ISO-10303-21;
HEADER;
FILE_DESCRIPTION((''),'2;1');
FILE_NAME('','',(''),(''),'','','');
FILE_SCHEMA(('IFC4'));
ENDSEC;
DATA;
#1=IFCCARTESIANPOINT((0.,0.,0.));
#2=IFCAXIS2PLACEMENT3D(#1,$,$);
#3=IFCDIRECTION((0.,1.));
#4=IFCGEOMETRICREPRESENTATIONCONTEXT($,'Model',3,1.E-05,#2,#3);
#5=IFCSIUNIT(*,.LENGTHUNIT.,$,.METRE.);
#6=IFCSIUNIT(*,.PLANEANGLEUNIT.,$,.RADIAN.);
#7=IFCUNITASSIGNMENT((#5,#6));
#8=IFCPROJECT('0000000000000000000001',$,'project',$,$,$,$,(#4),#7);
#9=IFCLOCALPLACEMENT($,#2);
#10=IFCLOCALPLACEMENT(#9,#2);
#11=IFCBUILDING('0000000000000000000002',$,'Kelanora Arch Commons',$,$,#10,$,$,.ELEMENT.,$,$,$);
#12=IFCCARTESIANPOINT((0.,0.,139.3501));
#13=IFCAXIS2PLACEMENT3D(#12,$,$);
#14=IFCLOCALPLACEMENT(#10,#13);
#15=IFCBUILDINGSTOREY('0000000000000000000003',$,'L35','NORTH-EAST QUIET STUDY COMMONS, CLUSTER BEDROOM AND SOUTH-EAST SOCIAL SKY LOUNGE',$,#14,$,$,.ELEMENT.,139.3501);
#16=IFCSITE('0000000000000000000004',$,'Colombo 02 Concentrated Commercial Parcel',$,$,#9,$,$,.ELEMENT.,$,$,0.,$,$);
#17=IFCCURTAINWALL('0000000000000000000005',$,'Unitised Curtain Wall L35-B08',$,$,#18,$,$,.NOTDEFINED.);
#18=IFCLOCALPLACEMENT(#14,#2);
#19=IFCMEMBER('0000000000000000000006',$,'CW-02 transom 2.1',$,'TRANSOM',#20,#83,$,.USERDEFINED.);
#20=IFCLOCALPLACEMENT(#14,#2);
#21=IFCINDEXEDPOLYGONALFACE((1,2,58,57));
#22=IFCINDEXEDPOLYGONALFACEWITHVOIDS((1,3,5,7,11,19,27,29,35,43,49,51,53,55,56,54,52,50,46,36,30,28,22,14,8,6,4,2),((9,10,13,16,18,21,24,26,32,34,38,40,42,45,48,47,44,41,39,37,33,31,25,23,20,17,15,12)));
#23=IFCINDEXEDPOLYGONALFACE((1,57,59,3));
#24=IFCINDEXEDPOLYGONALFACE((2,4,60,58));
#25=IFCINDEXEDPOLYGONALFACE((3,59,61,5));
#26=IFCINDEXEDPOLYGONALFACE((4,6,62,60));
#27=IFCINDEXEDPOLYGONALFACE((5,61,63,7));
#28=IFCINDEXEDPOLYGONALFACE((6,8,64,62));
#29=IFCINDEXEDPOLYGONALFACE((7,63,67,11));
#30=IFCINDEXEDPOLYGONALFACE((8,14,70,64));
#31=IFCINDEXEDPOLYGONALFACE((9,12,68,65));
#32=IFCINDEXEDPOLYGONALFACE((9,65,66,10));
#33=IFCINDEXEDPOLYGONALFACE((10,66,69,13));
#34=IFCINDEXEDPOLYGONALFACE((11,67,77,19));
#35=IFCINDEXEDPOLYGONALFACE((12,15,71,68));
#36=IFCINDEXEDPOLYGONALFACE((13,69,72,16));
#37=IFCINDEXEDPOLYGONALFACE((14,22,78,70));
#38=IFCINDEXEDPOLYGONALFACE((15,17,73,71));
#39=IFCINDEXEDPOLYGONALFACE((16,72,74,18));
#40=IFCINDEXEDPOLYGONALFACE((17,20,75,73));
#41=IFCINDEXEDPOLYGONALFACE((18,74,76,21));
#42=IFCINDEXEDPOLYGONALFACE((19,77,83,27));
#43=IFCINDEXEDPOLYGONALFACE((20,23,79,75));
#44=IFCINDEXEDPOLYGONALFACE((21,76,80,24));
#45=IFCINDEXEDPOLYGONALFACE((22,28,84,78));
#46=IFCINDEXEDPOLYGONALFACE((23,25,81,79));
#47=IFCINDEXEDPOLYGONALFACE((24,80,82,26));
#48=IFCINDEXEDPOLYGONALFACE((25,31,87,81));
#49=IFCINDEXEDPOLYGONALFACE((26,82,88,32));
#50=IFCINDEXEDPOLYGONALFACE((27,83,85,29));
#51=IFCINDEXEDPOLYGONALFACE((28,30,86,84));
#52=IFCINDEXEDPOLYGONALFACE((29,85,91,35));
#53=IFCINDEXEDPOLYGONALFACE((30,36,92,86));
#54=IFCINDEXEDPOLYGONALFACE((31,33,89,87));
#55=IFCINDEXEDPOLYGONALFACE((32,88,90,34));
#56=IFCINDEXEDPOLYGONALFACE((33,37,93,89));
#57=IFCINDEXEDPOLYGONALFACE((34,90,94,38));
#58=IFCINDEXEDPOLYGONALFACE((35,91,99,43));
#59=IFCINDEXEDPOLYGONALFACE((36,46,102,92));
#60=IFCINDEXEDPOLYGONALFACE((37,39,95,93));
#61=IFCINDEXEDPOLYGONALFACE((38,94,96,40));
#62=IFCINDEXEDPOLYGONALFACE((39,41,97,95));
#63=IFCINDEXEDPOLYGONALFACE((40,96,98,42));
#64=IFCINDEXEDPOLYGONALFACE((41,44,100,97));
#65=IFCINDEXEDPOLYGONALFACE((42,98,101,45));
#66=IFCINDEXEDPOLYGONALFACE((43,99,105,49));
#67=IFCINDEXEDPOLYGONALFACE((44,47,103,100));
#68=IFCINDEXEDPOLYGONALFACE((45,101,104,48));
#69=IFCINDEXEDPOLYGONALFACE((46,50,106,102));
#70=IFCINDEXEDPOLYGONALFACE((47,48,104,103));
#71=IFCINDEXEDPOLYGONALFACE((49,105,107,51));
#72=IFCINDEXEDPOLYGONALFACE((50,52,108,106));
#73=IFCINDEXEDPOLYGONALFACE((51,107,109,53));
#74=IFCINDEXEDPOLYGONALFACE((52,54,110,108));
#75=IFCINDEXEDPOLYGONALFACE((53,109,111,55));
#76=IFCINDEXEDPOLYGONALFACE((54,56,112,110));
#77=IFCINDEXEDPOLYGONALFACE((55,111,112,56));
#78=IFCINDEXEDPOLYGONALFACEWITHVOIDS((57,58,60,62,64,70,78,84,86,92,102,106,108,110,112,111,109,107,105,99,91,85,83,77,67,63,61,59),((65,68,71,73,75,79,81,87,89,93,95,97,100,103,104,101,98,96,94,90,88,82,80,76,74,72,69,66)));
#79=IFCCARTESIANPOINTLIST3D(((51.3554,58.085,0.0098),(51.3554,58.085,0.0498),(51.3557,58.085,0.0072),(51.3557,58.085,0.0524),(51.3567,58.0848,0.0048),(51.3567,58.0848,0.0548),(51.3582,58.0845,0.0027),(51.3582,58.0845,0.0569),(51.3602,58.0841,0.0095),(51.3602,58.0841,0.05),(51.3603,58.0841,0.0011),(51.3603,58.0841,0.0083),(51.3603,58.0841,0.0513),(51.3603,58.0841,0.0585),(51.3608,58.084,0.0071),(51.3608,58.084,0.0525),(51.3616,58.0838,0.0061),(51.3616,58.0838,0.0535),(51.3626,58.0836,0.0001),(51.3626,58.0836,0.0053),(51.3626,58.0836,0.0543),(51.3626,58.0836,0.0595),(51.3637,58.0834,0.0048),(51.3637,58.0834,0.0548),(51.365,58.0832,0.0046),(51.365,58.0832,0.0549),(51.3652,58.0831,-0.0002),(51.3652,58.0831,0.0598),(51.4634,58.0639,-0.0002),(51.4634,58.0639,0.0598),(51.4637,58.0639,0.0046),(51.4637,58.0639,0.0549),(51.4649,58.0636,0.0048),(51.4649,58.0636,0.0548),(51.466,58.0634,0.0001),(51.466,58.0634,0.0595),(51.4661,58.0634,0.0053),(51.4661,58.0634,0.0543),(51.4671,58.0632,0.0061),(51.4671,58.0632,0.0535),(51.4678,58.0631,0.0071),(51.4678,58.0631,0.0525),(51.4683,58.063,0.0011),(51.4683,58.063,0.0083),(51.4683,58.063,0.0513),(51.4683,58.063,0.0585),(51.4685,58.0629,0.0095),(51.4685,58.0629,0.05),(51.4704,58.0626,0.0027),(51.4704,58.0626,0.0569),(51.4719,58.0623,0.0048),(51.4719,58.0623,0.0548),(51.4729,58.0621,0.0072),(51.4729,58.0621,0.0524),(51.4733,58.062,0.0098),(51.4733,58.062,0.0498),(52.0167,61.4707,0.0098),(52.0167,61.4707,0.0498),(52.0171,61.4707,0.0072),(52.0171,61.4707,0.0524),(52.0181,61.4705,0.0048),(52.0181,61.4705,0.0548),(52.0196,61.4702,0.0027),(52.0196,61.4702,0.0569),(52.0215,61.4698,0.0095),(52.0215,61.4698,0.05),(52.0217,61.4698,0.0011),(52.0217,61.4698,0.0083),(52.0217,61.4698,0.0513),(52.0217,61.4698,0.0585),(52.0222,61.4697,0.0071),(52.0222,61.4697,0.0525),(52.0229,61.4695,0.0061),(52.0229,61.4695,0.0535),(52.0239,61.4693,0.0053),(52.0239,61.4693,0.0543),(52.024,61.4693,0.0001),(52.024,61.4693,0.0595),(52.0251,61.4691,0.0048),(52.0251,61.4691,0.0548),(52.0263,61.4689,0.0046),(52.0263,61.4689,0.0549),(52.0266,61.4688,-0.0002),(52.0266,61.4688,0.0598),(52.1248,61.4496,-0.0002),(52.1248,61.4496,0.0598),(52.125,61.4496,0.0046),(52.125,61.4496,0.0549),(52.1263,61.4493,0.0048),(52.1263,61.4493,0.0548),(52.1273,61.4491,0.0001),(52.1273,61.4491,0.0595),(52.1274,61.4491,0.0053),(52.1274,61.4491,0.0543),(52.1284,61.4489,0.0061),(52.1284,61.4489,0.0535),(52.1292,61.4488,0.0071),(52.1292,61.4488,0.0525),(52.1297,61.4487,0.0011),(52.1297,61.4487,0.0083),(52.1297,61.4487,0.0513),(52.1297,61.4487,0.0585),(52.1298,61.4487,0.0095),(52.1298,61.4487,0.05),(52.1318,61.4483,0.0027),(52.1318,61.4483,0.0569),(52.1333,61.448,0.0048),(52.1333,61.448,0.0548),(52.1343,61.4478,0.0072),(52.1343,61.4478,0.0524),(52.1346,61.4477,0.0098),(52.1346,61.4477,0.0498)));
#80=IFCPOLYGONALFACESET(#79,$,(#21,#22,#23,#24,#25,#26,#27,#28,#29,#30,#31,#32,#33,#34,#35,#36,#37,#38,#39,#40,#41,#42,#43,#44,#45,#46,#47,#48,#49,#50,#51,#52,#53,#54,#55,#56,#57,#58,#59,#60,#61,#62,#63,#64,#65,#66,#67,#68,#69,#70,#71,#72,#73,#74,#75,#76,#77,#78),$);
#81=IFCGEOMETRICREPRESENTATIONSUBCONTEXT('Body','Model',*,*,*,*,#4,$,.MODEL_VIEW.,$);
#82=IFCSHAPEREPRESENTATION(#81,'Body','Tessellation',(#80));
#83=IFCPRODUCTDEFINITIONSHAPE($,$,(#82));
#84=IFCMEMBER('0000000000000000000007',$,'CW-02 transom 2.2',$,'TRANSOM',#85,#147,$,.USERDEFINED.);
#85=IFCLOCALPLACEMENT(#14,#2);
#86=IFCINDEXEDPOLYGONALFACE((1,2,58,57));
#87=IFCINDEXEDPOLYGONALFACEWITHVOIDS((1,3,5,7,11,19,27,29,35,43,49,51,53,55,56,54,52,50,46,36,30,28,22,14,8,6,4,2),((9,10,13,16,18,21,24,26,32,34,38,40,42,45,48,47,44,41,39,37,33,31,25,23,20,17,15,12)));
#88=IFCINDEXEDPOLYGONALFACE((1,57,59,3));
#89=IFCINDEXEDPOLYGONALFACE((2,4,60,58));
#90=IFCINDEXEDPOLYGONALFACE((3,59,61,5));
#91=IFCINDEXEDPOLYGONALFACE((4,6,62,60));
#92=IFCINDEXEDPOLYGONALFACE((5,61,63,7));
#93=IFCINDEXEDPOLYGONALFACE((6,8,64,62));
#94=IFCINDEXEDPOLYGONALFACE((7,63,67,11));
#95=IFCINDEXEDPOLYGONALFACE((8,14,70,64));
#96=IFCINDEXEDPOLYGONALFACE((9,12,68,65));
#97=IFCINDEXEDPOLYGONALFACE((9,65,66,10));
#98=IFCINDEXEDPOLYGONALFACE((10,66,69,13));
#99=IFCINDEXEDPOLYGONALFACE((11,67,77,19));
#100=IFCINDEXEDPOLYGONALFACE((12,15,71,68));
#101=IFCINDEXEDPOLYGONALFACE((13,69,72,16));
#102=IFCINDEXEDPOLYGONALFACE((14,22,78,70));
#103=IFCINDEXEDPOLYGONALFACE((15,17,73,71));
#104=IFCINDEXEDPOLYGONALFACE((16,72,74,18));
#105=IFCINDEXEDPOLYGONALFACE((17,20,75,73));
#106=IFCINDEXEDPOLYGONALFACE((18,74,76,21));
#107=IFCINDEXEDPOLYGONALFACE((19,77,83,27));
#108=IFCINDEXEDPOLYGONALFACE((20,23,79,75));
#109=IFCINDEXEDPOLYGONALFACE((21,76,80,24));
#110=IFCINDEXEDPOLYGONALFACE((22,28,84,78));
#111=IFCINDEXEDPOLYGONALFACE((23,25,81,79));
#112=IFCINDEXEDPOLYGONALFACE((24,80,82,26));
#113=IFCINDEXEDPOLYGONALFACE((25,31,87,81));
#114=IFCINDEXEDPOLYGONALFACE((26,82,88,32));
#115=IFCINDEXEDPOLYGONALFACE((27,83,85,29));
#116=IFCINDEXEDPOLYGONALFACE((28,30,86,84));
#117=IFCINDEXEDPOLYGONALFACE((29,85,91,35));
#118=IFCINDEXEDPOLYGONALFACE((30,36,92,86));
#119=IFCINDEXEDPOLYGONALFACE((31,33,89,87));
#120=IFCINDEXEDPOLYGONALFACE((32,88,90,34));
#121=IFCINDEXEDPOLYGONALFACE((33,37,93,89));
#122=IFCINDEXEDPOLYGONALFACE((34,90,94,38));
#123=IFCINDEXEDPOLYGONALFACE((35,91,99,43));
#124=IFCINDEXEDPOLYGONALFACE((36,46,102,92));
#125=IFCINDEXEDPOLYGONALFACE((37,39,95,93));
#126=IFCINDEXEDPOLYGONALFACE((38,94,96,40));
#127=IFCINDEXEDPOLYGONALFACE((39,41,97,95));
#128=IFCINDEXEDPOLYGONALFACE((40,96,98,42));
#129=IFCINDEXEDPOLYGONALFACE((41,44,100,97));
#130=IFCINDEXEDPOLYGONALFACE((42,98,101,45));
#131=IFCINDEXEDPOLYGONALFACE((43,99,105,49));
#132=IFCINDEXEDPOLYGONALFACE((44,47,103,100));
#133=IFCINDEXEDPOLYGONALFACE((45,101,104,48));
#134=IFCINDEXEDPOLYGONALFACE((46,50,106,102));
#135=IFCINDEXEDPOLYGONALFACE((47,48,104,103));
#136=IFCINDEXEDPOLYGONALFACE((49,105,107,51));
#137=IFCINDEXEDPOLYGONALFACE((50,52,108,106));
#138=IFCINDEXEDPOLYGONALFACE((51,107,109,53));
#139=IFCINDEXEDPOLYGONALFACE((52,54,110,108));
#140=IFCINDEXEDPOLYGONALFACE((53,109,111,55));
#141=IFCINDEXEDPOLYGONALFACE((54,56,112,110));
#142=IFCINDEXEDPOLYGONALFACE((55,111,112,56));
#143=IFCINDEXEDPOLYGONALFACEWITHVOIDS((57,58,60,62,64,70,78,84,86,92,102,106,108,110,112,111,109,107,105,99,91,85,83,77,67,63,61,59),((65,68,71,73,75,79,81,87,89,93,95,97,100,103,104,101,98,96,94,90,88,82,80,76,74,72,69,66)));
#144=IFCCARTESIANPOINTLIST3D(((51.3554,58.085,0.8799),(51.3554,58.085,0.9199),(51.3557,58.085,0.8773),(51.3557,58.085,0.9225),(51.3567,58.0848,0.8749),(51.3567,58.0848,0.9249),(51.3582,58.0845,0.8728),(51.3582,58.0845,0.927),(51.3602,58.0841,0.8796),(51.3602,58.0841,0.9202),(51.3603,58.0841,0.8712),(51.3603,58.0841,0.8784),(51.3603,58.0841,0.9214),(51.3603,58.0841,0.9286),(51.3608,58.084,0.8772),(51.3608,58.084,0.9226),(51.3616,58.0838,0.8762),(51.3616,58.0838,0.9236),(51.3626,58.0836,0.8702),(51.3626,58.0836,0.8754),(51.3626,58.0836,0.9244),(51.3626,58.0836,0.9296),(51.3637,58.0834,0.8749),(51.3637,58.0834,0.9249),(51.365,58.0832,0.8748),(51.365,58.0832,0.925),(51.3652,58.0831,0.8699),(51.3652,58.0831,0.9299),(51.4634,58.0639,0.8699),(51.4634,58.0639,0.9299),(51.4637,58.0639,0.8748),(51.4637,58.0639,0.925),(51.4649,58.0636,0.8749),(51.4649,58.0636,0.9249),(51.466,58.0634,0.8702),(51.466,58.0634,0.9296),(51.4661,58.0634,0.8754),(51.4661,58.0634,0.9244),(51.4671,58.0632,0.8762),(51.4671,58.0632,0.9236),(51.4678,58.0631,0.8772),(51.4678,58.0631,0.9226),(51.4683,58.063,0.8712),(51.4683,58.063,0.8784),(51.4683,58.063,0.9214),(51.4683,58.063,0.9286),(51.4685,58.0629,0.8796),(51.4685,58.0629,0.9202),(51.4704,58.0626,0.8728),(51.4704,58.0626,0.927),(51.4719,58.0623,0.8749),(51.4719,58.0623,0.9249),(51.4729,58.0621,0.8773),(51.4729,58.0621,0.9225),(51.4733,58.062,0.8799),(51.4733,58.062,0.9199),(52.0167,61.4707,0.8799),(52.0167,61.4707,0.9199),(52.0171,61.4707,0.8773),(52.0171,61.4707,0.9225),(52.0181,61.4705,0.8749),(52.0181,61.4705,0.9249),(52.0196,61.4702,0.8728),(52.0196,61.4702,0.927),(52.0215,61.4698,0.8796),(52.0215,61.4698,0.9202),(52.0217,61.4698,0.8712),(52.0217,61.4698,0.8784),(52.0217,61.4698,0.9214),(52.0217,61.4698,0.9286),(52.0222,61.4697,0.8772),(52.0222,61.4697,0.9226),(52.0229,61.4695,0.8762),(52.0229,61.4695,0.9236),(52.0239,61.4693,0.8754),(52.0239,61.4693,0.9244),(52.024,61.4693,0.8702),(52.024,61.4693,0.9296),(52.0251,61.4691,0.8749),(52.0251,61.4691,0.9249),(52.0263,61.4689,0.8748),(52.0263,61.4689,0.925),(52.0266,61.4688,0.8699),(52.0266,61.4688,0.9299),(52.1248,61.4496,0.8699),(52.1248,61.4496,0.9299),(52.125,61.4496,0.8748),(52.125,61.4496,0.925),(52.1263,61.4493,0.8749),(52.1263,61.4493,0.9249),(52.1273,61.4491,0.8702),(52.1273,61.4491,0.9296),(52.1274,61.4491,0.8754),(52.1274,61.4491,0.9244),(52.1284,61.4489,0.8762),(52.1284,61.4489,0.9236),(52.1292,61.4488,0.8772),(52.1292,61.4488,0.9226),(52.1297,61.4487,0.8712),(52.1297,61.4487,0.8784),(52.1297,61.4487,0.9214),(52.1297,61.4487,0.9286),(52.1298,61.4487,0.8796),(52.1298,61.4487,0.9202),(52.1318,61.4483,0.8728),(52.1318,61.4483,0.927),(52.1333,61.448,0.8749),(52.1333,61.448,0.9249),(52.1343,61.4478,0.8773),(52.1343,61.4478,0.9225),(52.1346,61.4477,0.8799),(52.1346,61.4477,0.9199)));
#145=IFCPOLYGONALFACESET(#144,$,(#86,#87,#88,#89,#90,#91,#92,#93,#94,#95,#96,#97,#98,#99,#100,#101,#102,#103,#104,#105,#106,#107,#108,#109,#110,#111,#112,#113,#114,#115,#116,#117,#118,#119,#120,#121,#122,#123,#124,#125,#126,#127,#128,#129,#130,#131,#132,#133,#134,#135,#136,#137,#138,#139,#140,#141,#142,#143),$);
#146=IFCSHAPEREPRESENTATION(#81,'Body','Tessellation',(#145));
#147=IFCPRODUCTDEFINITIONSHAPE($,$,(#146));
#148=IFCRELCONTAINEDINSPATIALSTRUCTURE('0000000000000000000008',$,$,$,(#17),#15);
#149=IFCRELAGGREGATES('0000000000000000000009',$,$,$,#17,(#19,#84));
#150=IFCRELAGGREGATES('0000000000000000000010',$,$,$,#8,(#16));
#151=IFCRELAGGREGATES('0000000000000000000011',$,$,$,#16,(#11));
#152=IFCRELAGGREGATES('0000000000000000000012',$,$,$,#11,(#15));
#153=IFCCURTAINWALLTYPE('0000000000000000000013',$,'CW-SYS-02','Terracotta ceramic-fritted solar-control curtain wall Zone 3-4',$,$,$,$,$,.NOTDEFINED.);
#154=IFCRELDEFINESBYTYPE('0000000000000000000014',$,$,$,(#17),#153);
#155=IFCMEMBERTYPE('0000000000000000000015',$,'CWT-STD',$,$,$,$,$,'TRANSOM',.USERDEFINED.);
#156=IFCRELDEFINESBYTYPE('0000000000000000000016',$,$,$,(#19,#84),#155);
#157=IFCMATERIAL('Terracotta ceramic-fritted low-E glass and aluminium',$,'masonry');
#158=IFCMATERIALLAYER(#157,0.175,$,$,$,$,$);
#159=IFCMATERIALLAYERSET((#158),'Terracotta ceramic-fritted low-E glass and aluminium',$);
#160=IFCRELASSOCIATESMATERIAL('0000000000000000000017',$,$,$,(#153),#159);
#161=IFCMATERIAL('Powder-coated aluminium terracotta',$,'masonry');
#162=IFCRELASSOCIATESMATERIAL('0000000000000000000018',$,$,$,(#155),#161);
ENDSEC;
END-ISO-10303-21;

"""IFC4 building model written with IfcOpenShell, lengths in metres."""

from ifc_helpers import new_model, si_unit, direction, frame, origin, origin_2d, place, context, subcontext, project, spatial, hollow_rectangle, extrude, material, layer, layer_set, material_profile, profile_set, type_object, element, aggregate, save


model = new_model("IFC4")

# Units and contexts
model_context = context("Model", 3, precision=1e-05, world=origin(), true_north=direction((0.0, 1.0)))
body_context = subcontext(model_context, "Body", "Model", "MODEL_VIEW")
ifc_project = project(units=[si_unit("LENGTHUNIT", "METRE"), si_unit("PLANEANGLEUNIT", "RADIAN")], contexts=[model_context])

# Site, building, storey
site_placement = place(None, origin())
site = spatial("IfcSite", under=ifc_project, at=site_placement, Name="Colombo 02 Concentrated Commercial Parcel", CompositionType="ELEMENT", RefElevation=0.0)
building_placement = place(site_placement, origin())
building = spatial("IfcBuilding", under=site, at=building_placement, Name="Kelanora Arch Commons", CompositionType="ELEMENT")
storey_placement = place(building_placement, frame((0.0, 0.0, 139.3501)))
storey = spatial("IfcBuildingStorey", under=building, at=storey_placement, Name="L35", Description="NORTH-EAST QUIET STUDY COMMONS, CLUSTER BEDROOM AND SOUTH-EAST SOCIAL SKY LOUNGE", CompositionType="ELEMENT", Elevation=139.3501)

# Curtain wall, members
ifc_material_1 = material(Name="Terracotta ceramic-fritted low-E glass and aluminium", Category="masonry")
ifc_layer_1 = layer(ifc_material_1, 0.175)
ifc_layer_set_1 = layer_set([ifc_layer_1], Name="Terracotta ceramic-fritted low-E glass and aluminium")
curtain_wall_type = type_object("IfcCurtainWallType", Name="CW-SYS-02", Description="Terracotta ceramic-fritted solar-control curtain wall Zone 3-4", PredefinedType="NOTDEFINED", material=ifc_layer_set_1)
curtain_wall_placement = place(storey_placement, origin())
curtain_wall = element("IfcCurtainWall", 1, at=curtain_wall_placement, inside=storey, type_object=curtain_wall_type, Name="Unitised Curtain Wall L35-B08", PredefinedType="NOTDEFINED")
ifc_material_2 = material(Name="Powder-coated aluminium terracotta", Category="masonry")
ifc_material_profile_1 = material_profile(ifc_material_2, hollow_rectangle(XDim=0.1201, YDim=0.0601, WallThickness=0.0049, InnerFilletRadius=0.0049, OuterFilletRadius=0.01, at=origin_2d()), Name="CWT120x60")
ifc_profile_set_1 = profile_set([ifc_material_profile_1], Name="Powder-coated aluminium terracotta")
member_type_1 = type_object("IfcMemberType", Name="CWT-STD", ElementType="TRANSOM", PredefinedType="USERDEFINED", material=ifc_profile_set_1)
member_1_placement = place(storey_placement, frame((52.0757, 61.4592, 0.0298), z_axis=(-0.191718, -0.98145, 0.0), x_axis=(0.98145, -0.191718, 0.0)))
member_1 = element("IfcMember", 2, at=member_1_placement, type_object=member_type_1, Name="CW-02 transom 2.1", ObjectType="TRANSOM", PredefinedType="USERDEFINED", context=body_context, shape_type="SweptSolid", body=[
    extrude(hollow_rectangle(XDim=0.1201, YDim=0.0601, WallThickness=0.0049, InnerFilletRadius=0.0049, OuterFilletRadius=0.01, at=origin_2d()), origin(), (0.0, 0.0, 1.0), 3.4497),
])
member_2_placement = place(storey_placement, frame((52.0757, 61.4592, 0.8999), z_axis=(-0.191718, -0.98145, 0.0), x_axis=(0.98145, -0.191718, 0.0)))
member_2 = element("IfcMember", 3, at=member_2_placement, type_object=member_type_1, Name="CW-02 transom 2.2", ObjectType="TRANSOM", PredefinedType="USERDEFINED", context=body_context, shape_type="SweptSolid", body=[
    extrude(hollow_rectangle(XDim=0.1201, YDim=0.0601, WallThickness=0.0049, InnerFilletRadius=0.0049, OuterFilletRadius=0.01, at=origin_2d()), origin(), (0.0, 0.0, 1.0), 3.4497),
])
aggregate(curtain_wall, [member_1, member_2])

save(model, "model.ifc")
